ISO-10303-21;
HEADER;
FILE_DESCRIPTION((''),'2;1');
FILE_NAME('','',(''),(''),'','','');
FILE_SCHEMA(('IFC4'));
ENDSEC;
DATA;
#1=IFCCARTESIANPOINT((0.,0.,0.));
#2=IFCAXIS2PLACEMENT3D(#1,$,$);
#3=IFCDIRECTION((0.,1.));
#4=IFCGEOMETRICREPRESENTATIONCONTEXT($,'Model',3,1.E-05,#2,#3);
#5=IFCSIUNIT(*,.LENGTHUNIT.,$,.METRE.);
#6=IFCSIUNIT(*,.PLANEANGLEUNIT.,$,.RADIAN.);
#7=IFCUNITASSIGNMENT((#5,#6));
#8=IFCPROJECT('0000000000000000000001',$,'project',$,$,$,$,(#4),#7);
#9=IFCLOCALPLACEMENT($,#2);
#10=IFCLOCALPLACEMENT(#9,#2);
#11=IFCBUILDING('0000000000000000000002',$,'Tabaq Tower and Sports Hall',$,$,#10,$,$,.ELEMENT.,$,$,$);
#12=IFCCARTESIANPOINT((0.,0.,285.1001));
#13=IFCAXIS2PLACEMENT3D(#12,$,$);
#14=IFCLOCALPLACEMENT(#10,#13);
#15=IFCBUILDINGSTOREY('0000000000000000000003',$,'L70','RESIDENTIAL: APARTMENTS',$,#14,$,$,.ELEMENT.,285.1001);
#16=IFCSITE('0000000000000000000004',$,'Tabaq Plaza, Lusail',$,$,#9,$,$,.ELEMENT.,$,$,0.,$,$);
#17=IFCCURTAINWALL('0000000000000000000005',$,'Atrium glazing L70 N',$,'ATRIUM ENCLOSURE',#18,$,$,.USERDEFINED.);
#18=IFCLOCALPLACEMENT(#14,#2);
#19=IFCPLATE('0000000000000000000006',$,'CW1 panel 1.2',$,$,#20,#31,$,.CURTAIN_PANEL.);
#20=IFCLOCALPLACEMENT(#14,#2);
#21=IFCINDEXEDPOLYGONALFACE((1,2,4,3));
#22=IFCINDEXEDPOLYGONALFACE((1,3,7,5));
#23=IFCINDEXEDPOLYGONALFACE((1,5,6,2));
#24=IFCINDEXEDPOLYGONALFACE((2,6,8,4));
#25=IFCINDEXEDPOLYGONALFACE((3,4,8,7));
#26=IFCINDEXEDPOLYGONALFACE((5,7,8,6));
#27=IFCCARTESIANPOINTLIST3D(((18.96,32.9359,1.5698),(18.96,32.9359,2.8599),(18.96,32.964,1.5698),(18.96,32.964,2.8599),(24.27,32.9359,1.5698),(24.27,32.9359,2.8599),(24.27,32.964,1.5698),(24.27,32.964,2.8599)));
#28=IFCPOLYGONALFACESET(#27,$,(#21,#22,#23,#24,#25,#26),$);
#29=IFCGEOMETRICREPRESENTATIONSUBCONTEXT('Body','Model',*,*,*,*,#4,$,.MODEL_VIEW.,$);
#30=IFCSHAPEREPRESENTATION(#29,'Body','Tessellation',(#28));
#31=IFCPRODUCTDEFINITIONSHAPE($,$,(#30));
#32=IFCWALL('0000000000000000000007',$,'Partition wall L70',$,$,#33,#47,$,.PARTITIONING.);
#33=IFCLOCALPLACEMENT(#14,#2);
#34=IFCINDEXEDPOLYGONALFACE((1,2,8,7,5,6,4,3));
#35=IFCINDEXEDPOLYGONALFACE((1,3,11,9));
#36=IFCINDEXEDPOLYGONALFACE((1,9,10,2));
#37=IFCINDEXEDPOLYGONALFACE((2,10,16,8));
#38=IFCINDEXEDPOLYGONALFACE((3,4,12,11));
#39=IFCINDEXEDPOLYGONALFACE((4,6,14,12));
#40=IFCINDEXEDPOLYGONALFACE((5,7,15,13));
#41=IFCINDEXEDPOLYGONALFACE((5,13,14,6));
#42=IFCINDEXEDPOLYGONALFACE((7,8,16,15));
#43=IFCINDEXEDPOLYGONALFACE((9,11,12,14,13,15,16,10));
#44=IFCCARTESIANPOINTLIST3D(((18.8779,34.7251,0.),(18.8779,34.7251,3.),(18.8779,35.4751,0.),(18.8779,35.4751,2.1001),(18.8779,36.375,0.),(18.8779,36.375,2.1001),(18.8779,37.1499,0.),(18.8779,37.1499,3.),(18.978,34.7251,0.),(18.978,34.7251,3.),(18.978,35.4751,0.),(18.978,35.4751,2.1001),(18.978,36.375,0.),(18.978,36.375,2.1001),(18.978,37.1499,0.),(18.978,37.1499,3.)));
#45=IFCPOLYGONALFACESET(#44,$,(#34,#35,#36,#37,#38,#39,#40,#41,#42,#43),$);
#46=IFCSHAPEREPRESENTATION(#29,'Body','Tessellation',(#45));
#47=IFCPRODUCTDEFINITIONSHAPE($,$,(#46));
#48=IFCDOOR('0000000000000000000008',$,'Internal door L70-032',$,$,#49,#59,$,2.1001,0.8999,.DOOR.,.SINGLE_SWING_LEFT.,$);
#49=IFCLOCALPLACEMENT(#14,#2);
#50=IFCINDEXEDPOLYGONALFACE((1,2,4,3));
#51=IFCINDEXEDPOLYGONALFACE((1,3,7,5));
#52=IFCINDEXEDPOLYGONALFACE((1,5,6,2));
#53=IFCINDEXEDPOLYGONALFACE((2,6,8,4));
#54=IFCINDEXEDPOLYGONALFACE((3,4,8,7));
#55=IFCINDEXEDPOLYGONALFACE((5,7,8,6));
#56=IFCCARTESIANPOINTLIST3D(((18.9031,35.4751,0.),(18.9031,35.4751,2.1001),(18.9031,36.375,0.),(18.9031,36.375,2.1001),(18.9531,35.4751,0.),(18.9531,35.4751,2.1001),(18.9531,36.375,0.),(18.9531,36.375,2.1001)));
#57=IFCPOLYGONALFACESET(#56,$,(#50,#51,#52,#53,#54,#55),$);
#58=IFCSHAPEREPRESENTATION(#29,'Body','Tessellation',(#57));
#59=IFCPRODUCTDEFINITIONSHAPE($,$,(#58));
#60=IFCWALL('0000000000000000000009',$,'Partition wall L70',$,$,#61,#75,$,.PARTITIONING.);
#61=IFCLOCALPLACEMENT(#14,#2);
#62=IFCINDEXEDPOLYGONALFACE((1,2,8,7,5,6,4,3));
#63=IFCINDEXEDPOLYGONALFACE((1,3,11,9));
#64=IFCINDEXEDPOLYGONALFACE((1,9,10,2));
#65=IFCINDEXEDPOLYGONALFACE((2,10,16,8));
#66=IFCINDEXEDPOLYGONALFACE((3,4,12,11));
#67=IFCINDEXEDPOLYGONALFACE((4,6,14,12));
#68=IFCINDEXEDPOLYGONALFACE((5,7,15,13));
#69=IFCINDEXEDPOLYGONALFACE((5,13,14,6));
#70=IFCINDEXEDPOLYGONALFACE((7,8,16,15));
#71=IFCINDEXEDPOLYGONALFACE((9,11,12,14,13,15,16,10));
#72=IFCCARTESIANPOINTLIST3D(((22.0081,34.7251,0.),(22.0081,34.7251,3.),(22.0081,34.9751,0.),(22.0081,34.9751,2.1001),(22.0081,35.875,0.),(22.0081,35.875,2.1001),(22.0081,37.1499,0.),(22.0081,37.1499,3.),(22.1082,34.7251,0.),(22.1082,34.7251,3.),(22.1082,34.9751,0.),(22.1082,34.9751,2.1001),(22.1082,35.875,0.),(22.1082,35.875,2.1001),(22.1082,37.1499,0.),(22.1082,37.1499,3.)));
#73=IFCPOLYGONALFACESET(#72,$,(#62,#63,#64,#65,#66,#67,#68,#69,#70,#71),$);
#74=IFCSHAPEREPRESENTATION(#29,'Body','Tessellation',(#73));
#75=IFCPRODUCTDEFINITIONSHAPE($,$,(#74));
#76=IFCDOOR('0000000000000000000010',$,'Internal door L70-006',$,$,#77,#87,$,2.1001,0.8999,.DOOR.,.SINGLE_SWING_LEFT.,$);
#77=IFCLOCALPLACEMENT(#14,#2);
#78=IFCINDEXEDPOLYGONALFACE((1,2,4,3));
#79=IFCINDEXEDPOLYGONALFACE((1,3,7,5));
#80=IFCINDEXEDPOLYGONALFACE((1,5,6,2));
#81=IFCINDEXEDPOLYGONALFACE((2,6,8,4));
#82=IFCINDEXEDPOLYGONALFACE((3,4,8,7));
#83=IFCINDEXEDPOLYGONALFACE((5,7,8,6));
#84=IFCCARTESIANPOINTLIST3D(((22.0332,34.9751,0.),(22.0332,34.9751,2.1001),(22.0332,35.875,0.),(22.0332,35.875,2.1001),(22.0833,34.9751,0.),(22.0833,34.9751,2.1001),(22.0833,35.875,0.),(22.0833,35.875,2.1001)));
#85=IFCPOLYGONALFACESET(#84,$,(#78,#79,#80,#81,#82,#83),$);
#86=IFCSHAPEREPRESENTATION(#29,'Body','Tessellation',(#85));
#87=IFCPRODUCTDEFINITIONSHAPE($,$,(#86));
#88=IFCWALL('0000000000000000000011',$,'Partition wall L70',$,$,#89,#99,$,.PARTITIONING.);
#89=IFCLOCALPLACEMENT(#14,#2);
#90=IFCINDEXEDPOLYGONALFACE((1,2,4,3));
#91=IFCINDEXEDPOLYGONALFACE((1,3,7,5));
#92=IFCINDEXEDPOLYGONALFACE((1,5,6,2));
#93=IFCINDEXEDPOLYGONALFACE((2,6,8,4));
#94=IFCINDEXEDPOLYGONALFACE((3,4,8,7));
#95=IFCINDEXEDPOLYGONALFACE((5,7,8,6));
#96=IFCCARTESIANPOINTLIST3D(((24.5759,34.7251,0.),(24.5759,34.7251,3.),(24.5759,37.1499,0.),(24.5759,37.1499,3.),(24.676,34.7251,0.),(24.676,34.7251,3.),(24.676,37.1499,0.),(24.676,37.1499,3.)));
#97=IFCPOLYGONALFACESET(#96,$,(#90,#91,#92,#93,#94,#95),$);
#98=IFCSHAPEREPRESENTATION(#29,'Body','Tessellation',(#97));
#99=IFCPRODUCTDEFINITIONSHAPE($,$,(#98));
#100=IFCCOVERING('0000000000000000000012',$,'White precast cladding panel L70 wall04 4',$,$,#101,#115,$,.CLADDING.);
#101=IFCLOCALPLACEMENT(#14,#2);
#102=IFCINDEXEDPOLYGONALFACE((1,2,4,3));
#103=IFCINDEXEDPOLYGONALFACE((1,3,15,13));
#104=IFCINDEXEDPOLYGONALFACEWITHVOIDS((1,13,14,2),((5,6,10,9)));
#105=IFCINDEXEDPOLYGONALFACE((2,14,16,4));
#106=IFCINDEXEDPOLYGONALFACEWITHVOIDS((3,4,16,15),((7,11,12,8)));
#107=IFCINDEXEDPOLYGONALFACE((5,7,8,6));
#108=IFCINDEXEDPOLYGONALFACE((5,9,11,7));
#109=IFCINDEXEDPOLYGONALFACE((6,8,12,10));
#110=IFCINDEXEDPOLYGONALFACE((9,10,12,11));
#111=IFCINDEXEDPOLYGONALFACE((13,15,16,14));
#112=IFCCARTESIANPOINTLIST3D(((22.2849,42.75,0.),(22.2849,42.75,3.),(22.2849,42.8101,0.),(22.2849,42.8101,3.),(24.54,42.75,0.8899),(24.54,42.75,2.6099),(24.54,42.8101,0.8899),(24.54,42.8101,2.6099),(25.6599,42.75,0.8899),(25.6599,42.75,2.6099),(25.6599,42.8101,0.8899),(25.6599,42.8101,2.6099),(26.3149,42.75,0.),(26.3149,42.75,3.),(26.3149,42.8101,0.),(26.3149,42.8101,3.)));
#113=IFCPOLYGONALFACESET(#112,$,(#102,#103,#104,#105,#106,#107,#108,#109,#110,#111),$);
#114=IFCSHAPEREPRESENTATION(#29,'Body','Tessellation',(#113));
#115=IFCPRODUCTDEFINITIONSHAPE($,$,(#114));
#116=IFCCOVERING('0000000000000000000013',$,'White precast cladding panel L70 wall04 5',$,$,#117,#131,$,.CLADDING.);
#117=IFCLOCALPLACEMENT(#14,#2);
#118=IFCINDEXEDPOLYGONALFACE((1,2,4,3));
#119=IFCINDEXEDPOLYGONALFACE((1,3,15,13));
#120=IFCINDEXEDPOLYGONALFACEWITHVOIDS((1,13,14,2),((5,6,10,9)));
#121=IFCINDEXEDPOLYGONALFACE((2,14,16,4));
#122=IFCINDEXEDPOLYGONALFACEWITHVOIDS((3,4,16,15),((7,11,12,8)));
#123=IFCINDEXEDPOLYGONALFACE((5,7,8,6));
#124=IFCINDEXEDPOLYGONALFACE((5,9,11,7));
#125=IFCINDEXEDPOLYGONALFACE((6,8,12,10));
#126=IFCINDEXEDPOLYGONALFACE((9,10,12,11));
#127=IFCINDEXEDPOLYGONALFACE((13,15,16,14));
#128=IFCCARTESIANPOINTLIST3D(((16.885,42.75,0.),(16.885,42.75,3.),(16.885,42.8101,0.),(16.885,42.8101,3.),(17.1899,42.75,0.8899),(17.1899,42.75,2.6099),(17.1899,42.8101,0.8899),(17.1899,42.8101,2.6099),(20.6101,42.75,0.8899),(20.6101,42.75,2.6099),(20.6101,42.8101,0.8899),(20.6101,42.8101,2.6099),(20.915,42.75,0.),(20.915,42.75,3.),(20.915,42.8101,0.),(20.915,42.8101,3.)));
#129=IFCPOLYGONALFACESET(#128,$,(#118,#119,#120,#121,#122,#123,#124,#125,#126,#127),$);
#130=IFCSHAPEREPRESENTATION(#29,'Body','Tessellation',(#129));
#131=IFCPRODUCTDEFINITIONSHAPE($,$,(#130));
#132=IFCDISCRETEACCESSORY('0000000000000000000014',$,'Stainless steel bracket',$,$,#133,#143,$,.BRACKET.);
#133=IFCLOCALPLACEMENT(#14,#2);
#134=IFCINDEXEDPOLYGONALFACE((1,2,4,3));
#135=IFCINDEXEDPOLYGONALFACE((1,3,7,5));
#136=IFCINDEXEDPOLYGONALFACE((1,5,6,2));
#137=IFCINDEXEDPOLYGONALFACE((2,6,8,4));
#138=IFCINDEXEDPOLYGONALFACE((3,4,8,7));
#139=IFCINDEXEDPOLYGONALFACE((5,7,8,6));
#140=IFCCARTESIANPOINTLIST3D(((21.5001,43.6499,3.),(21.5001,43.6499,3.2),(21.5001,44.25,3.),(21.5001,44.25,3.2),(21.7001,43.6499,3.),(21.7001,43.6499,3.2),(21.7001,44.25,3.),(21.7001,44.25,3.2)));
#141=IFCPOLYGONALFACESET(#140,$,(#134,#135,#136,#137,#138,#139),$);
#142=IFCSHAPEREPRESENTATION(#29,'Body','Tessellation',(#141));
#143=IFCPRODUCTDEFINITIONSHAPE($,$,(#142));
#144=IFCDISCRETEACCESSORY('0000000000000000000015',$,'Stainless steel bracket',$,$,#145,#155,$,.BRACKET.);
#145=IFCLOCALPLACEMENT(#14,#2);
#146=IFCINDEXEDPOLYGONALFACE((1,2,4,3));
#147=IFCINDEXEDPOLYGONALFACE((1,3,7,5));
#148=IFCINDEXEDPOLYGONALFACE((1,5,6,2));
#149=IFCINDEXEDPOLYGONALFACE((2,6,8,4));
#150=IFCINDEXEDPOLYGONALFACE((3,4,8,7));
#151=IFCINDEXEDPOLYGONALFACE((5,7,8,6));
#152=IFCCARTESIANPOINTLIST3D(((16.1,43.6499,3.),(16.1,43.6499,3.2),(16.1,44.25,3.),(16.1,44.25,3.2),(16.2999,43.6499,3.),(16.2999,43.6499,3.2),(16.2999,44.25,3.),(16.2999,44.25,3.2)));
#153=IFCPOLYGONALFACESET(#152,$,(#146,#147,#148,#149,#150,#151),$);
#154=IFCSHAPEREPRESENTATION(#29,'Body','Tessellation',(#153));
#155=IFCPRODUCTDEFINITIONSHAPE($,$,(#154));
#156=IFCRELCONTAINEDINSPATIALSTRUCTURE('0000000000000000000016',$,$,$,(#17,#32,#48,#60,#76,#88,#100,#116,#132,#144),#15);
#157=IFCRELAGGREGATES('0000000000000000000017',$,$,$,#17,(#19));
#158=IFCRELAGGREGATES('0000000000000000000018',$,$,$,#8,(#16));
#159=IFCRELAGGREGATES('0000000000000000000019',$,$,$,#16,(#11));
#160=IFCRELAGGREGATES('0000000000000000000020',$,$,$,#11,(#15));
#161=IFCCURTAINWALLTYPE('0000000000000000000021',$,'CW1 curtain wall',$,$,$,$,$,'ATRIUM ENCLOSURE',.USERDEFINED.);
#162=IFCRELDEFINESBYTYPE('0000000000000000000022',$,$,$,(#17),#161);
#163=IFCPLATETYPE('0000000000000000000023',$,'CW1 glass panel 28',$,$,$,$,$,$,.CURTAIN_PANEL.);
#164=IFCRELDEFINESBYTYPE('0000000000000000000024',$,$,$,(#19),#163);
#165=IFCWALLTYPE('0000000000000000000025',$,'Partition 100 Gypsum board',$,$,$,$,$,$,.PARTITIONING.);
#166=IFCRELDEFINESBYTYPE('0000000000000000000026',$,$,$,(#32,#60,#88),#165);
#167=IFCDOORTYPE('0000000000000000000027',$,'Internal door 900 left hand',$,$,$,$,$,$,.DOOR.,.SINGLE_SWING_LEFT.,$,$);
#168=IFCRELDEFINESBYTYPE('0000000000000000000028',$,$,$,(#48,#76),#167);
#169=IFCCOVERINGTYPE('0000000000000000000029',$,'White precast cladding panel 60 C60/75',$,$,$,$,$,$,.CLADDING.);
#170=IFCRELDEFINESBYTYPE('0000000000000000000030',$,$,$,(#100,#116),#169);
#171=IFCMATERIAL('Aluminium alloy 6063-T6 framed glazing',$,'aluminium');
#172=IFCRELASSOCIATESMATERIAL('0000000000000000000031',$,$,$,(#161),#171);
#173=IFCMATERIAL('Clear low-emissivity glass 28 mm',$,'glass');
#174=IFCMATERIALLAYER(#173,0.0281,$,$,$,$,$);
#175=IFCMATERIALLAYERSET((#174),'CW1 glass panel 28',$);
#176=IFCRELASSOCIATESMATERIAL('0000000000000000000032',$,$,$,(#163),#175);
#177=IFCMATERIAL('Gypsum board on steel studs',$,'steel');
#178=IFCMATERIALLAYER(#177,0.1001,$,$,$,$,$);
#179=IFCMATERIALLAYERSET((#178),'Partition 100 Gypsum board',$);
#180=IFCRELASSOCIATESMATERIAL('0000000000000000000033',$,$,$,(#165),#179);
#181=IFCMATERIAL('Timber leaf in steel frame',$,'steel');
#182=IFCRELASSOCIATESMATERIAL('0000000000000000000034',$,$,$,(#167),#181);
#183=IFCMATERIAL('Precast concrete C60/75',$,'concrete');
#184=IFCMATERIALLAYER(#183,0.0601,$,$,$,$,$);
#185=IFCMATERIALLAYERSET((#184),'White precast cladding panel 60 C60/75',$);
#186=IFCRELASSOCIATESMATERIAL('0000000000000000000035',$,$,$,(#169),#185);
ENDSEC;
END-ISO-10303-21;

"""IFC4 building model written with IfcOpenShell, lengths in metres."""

from ifc_helpers import new_model, si_unit, direction, frame, frame_2d, origin, origin_2d, place, context, subcontext, project, spatial, polyline, rectangle, outline, extrude, material, layer, layer_set, type_object, element, fill, aggregate, save


model = new_model("IFC4")

# Units and contexts
model_context = context("Model", 3, precision=1e-05, world=origin(), true_north=direction((0.0, 1.0)))
body_context = subcontext(model_context, "Body", "Model", "MODEL_VIEW")
ifc_project = project(units=[si_unit("LENGTHUNIT", "METRE"), si_unit("PLANEANGLEUNIT", "RADIAN")], contexts=[model_context])

# Site, building, storey
site_placement = place(None, origin())
site = spatial("IfcSite", under=ifc_project, at=site_placement, Name="Tabaq Plaza, Lusail", CompositionType="ELEMENT", RefElevation=0.0)
building_placement = place(site_placement, origin())
building = spatial("IfcBuilding", under=site, at=building_placement, Name="Tabaq Tower and Sports Hall", CompositionType="ELEMENT")
storey_placement = place(building_placement, frame((0.0, 0.0, 285.1001)))
storey = spatial("IfcBuildingStorey", under=building, at=storey_placement, Name="L70", Description="RESIDENTIAL: APARTMENTS", CompositionType="ELEMENT", Elevation=285.1001)

# Curtain wall, plate
ifc_material_1 = material(Name="Aluminium alloy 6063-T6 framed glazing", Category="aluminium")
curtain_wall_type = type_object("IfcCurtainWallType", Name="CW1 curtain wall", ElementType="ATRIUM ENCLOSURE", PredefinedType="USERDEFINED", material=ifc_material_1)
curtain_wall_placement = place(storey_placement, origin())
curtain_wall = element("IfcCurtainWall", 1, at=curtain_wall_placement, inside=storey, type_object=curtain_wall_type, Name="Atrium glazing L70 N", ObjectType="ATRIUM ENCLOSURE", PredefinedType="USERDEFINED")
ifc_material_2 = material(Name="Clear low-emissivity glass 28 mm", Category="glass")
ifc_layer_1 = layer(ifc_material_2, 0.0281)
ifc_layer_set_1 = layer_set([ifc_layer_1], Name="CW1 glass panel 28")
plate_type = type_object("IfcPlateType", Name="CW1 glass panel 28", PredefinedType="CURTAIN_PANEL", material=ifc_layer_set_1)
plate_1_placement = place(storey_placement, frame((21.615, 32.95, 1.5698), z_axis=(0.0, 0.0, 1.0), x_axis=(1.0, 0.0, 0.0)))
plate_1 = element("IfcPlate", 2, at=plate_1_placement, type_object=plate_type, Name="CW1 panel 1.2", PredefinedType="CURTAIN_PANEL", context=body_context, shape_type="SweptSolid", body=[
    extrude(rectangle(XDim=5.3101, YDim=0.0281, at=origin_2d()), origin(), (0.0, 0.0, 1.0), 1.29),
])
aggregate(curtain_wall, [plate_1])

# Walls, openings, doors
ifc_material_3 = material(Name="Gypsum board on steel studs", Category="steel")
ifc_layer_2 = layer(ifc_material_3, 0.1001)
ifc_layer_set_2 = layer_set([ifc_layer_2], Name="Partition 100 Gypsum board")
wall_type = type_object("IfcWallType", Name="Partition 100 Gypsum board", PredefinedType="PARTITIONING", material=ifc_layer_set_2)
wall_1_placement = place(storey_placement, frame((18.928, 34.7251, 0.0), z_axis=(0.0, 0.0, 1.0), x_axis=(0.0, 1.0, 0.0)))
wall_1 = element("IfcWall", 3, at=wall_1_placement, inside=storey, type_object=wall_type, Name="Partition wall L70", PredefinedType="PARTITIONING", context=body_context, shape_type="SweptSolid", body=[
    extrude(rectangle(XDim=2.4248, YDim=0.1001, at=frame_2d((1.2124, 0.0))), origin(), (0.0, 0.0, 1.0), 3.0),
])
opening_1_placement = place(wall_1_placement, frame((0.75, 0.0, 0.0)))
opening_1 = element("IfcOpeningElement", 4, at=opening_1_placement, cuts=wall_1, PredefinedType="OPENING", context=body_context, shape_type="SweptSolid", body=[
    extrude(rectangle(XDim=0.8999, YDim=2.1001, at=frame_2d((0.45, 1.05))), frame((0.0, 0.05, 0.0), z_axis=(0.0, -1.0, 0.0), x_axis=(1.0, 0.0, 0.0)), (0.0, 0.0, 1.0), 0.1001),
])
ifc_material_4 = material(Name="Timber leaf in steel frame", Category="steel")
door_type = type_object("IfcDoorType", Name="Internal door 900 left hand", OperationType="SINGLE_SWING_LEFT", PredefinedType="DOOR", material=ifc_material_4)
door_1_placement = place(opening_1_placement, origin())
door_1 = element("IfcDoor", 5, at=door_1_placement, inside=storey, type_object=door_type, Name="Internal door L70-032", OperationType="SINGLE_SWING_LEFT", OverallHeight=2.1001, OverallWidth=0.8999, PredefinedType="DOOR", context=body_context, shape_type="SweptSolid", body=[
    extrude(rectangle(XDim=0.8999, YDim=2.1001, at=frame_2d((0.45, 1.05))), frame((0.0, 0.0249, 0.0), z_axis=(0.0, -1.0, 0.0), x_axis=(1.0, 0.0, 0.0)), (0.0, 0.0, 1.0), 0.05),
])
fill(opening_1, door_1)
wall_2_placement = place(storey_placement, frame((22.0581, 34.7251, 0.0), z_axis=(0.0, 0.0, 1.0), x_axis=(0.0, 1.0, 0.0)))
wall_2 = element("IfcWall", 6, at=wall_2_placement, inside=storey, type_object=wall_type, Name="Partition wall L70", PredefinedType="PARTITIONING", context=body_context, shape_type="SweptSolid", body=[
    extrude(rectangle(XDim=2.4248, YDim=0.1001, at=frame_2d((1.2124, 0.0))), origin(), (0.0, 0.0, 1.0), 3.0),
])
opening_2_placement = place(wall_2_placement, frame((0.25, 0.0, 0.0)))
opening_2 = element("IfcOpeningElement", 7, at=opening_2_placement, cuts=wall_2, PredefinedType="OPENING", context=body_context, shape_type="SweptSolid", body=[
    extrude(rectangle(XDim=0.8999, YDim=2.1001, at=frame_2d((0.45, 1.05))), frame((0.0, 0.05, 0.0), z_axis=(0.0, -1.0, 0.0), x_axis=(1.0, 0.0, 0.0)), (0.0, 0.0, 1.0), 0.1001),
])
door_2_placement = place(opening_2_placement, origin())
door_2 = element("IfcDoor", 8, at=door_2_placement, inside=storey, type_object=door_type, Name="Internal door L70-006", OperationType="SINGLE_SWING_LEFT", OverallHeight=2.1001, OverallWidth=0.8999, PredefinedType="DOOR", context=body_context, shape_type="SweptSolid", body=[
    extrude(rectangle(XDim=0.8999, YDim=2.1001, at=frame_2d((0.45, 1.05))), frame((0.0, 0.0249, 0.0), z_axis=(0.0, -1.0, 0.0), x_axis=(1.0, 0.0, 0.0)), (0.0, 0.0, 1.0), 0.05),
])
fill(opening_2, door_2)

# Wall
wall_3_placement = place(storey_placement, frame((24.626, 34.7251, 0.0), z_axis=(0.0, 0.0, 1.0), x_axis=(0.0, 1.0, 0.0)))
element("IfcWall", 9, at=wall_3_placement, inside=storey, type_object=wall_type, Name="Partition wall L70", PredefinedType="PARTITIONING", context=body_context, shape_type="SweptSolid", body=[
    extrude(rectangle(XDim=2.4248, YDim=0.1001, at=frame_2d((1.2124, 0.0))), origin(), (0.0, 0.0, 1.0), 3.0),
])

# Coverings
ifc_material_5 = material(Name="Precast concrete C60/75", Category="concrete")
ifc_layer_3 = layer(ifc_material_5, 0.0601)
ifc_layer_set_3 = layer_set([ifc_layer_3], Name="White precast cladding panel 60 C60/75")
covering_type = type_object("IfcCoveringType", Name="White precast cladding panel 60 C60/75", PredefinedType="CLADDING", material=ifc_layer_set_3)
covering_1_placement = place(storey_placement, frame((26.3149, 42.78, 0.0), z_axis=(0.0, 0.0, 1.0), x_axis=(-1.0, 0.0, 0.0)))
element("IfcCovering", 10, at=covering_1_placement, inside=storey, type_object=covering_type, Name="White precast cladding panel L70 wall04 4", PredefinedType="CLADDING", context=body_context, shape_type="SweptSolid", body=[
    extrude(outline(polyline([(0.0, 0.0), (4.03, 0.0), (4.03, 3.0), (0.0, 3.0), (0.0, 0.0)]), holes=[polyline([(0.655, 0.8899), (0.655, 2.6099), (1.7749, 2.6099), (1.7749, 0.8899), (0.655, 0.8899)])]), frame((0.0, 0.03, 0.0), z_axis=(0.0, -1.0, 0.0), x_axis=(1.0, 0.0, 0.0)), (0.0, 0.0, 1.0), 0.0601),
])
covering_2_placement = place(storey_placement, frame((20.915, 42.78, 0.0), z_axis=(0.0, 0.0, 1.0), x_axis=(-1.0, 0.0, 0.0)))
element("IfcCovering", 11, at=covering_2_placement, inside=storey, type_object=covering_type, Name="White precast cladding panel L70 wall04 5", PredefinedType="CLADDING", context=body_context, shape_type="SweptSolid", body=[
    extrude(outline(polyline([(0.0, 0.0), (4.03, 0.0), (4.03, 3.0), (0.0, 3.0), (0.0, 0.0)]), holes=[polyline([(0.3049, 0.8899), (0.3049, 2.6099), (3.7251, 2.6099), (3.7251, 0.8899), (0.3049, 0.8899)])]), frame((0.0, 0.03, 0.0), z_axis=(0.0, -1.0, 0.0), x_axis=(1.0, 0.0, 0.0)), (0.0, 0.0, 1.0), 0.0601),
])

# Discrete accessories
for number, where, z_axis, x_axis, name in (
    (12, (21.6001, 43.95, 3.0), (0.0, 0.0, 1.0), (0.0, 1.0, 0.0), "Stainless steel bracket"),
    (13, (16.2, 43.95, 3.0), (0.0, 0.0, 1.0), (0.0, 1.0, 0.0), "Stainless steel bracket"),
):
    element("IfcDiscreteAccessory", number, at=place(storey_placement, frame(where, z_axis=z_axis, x_axis=x_axis)), inside=storey, Name=name, PredefinedType="BRACKET", context=body_context, shape_type="SweptSolid", body=[
        extrude(rectangle(XDim=0.6001, YDim=0.2, at=origin_2d()), origin(), (0.0, 0.0, 1.0), 0.2),
    ])

save(model, "model.ifc")
